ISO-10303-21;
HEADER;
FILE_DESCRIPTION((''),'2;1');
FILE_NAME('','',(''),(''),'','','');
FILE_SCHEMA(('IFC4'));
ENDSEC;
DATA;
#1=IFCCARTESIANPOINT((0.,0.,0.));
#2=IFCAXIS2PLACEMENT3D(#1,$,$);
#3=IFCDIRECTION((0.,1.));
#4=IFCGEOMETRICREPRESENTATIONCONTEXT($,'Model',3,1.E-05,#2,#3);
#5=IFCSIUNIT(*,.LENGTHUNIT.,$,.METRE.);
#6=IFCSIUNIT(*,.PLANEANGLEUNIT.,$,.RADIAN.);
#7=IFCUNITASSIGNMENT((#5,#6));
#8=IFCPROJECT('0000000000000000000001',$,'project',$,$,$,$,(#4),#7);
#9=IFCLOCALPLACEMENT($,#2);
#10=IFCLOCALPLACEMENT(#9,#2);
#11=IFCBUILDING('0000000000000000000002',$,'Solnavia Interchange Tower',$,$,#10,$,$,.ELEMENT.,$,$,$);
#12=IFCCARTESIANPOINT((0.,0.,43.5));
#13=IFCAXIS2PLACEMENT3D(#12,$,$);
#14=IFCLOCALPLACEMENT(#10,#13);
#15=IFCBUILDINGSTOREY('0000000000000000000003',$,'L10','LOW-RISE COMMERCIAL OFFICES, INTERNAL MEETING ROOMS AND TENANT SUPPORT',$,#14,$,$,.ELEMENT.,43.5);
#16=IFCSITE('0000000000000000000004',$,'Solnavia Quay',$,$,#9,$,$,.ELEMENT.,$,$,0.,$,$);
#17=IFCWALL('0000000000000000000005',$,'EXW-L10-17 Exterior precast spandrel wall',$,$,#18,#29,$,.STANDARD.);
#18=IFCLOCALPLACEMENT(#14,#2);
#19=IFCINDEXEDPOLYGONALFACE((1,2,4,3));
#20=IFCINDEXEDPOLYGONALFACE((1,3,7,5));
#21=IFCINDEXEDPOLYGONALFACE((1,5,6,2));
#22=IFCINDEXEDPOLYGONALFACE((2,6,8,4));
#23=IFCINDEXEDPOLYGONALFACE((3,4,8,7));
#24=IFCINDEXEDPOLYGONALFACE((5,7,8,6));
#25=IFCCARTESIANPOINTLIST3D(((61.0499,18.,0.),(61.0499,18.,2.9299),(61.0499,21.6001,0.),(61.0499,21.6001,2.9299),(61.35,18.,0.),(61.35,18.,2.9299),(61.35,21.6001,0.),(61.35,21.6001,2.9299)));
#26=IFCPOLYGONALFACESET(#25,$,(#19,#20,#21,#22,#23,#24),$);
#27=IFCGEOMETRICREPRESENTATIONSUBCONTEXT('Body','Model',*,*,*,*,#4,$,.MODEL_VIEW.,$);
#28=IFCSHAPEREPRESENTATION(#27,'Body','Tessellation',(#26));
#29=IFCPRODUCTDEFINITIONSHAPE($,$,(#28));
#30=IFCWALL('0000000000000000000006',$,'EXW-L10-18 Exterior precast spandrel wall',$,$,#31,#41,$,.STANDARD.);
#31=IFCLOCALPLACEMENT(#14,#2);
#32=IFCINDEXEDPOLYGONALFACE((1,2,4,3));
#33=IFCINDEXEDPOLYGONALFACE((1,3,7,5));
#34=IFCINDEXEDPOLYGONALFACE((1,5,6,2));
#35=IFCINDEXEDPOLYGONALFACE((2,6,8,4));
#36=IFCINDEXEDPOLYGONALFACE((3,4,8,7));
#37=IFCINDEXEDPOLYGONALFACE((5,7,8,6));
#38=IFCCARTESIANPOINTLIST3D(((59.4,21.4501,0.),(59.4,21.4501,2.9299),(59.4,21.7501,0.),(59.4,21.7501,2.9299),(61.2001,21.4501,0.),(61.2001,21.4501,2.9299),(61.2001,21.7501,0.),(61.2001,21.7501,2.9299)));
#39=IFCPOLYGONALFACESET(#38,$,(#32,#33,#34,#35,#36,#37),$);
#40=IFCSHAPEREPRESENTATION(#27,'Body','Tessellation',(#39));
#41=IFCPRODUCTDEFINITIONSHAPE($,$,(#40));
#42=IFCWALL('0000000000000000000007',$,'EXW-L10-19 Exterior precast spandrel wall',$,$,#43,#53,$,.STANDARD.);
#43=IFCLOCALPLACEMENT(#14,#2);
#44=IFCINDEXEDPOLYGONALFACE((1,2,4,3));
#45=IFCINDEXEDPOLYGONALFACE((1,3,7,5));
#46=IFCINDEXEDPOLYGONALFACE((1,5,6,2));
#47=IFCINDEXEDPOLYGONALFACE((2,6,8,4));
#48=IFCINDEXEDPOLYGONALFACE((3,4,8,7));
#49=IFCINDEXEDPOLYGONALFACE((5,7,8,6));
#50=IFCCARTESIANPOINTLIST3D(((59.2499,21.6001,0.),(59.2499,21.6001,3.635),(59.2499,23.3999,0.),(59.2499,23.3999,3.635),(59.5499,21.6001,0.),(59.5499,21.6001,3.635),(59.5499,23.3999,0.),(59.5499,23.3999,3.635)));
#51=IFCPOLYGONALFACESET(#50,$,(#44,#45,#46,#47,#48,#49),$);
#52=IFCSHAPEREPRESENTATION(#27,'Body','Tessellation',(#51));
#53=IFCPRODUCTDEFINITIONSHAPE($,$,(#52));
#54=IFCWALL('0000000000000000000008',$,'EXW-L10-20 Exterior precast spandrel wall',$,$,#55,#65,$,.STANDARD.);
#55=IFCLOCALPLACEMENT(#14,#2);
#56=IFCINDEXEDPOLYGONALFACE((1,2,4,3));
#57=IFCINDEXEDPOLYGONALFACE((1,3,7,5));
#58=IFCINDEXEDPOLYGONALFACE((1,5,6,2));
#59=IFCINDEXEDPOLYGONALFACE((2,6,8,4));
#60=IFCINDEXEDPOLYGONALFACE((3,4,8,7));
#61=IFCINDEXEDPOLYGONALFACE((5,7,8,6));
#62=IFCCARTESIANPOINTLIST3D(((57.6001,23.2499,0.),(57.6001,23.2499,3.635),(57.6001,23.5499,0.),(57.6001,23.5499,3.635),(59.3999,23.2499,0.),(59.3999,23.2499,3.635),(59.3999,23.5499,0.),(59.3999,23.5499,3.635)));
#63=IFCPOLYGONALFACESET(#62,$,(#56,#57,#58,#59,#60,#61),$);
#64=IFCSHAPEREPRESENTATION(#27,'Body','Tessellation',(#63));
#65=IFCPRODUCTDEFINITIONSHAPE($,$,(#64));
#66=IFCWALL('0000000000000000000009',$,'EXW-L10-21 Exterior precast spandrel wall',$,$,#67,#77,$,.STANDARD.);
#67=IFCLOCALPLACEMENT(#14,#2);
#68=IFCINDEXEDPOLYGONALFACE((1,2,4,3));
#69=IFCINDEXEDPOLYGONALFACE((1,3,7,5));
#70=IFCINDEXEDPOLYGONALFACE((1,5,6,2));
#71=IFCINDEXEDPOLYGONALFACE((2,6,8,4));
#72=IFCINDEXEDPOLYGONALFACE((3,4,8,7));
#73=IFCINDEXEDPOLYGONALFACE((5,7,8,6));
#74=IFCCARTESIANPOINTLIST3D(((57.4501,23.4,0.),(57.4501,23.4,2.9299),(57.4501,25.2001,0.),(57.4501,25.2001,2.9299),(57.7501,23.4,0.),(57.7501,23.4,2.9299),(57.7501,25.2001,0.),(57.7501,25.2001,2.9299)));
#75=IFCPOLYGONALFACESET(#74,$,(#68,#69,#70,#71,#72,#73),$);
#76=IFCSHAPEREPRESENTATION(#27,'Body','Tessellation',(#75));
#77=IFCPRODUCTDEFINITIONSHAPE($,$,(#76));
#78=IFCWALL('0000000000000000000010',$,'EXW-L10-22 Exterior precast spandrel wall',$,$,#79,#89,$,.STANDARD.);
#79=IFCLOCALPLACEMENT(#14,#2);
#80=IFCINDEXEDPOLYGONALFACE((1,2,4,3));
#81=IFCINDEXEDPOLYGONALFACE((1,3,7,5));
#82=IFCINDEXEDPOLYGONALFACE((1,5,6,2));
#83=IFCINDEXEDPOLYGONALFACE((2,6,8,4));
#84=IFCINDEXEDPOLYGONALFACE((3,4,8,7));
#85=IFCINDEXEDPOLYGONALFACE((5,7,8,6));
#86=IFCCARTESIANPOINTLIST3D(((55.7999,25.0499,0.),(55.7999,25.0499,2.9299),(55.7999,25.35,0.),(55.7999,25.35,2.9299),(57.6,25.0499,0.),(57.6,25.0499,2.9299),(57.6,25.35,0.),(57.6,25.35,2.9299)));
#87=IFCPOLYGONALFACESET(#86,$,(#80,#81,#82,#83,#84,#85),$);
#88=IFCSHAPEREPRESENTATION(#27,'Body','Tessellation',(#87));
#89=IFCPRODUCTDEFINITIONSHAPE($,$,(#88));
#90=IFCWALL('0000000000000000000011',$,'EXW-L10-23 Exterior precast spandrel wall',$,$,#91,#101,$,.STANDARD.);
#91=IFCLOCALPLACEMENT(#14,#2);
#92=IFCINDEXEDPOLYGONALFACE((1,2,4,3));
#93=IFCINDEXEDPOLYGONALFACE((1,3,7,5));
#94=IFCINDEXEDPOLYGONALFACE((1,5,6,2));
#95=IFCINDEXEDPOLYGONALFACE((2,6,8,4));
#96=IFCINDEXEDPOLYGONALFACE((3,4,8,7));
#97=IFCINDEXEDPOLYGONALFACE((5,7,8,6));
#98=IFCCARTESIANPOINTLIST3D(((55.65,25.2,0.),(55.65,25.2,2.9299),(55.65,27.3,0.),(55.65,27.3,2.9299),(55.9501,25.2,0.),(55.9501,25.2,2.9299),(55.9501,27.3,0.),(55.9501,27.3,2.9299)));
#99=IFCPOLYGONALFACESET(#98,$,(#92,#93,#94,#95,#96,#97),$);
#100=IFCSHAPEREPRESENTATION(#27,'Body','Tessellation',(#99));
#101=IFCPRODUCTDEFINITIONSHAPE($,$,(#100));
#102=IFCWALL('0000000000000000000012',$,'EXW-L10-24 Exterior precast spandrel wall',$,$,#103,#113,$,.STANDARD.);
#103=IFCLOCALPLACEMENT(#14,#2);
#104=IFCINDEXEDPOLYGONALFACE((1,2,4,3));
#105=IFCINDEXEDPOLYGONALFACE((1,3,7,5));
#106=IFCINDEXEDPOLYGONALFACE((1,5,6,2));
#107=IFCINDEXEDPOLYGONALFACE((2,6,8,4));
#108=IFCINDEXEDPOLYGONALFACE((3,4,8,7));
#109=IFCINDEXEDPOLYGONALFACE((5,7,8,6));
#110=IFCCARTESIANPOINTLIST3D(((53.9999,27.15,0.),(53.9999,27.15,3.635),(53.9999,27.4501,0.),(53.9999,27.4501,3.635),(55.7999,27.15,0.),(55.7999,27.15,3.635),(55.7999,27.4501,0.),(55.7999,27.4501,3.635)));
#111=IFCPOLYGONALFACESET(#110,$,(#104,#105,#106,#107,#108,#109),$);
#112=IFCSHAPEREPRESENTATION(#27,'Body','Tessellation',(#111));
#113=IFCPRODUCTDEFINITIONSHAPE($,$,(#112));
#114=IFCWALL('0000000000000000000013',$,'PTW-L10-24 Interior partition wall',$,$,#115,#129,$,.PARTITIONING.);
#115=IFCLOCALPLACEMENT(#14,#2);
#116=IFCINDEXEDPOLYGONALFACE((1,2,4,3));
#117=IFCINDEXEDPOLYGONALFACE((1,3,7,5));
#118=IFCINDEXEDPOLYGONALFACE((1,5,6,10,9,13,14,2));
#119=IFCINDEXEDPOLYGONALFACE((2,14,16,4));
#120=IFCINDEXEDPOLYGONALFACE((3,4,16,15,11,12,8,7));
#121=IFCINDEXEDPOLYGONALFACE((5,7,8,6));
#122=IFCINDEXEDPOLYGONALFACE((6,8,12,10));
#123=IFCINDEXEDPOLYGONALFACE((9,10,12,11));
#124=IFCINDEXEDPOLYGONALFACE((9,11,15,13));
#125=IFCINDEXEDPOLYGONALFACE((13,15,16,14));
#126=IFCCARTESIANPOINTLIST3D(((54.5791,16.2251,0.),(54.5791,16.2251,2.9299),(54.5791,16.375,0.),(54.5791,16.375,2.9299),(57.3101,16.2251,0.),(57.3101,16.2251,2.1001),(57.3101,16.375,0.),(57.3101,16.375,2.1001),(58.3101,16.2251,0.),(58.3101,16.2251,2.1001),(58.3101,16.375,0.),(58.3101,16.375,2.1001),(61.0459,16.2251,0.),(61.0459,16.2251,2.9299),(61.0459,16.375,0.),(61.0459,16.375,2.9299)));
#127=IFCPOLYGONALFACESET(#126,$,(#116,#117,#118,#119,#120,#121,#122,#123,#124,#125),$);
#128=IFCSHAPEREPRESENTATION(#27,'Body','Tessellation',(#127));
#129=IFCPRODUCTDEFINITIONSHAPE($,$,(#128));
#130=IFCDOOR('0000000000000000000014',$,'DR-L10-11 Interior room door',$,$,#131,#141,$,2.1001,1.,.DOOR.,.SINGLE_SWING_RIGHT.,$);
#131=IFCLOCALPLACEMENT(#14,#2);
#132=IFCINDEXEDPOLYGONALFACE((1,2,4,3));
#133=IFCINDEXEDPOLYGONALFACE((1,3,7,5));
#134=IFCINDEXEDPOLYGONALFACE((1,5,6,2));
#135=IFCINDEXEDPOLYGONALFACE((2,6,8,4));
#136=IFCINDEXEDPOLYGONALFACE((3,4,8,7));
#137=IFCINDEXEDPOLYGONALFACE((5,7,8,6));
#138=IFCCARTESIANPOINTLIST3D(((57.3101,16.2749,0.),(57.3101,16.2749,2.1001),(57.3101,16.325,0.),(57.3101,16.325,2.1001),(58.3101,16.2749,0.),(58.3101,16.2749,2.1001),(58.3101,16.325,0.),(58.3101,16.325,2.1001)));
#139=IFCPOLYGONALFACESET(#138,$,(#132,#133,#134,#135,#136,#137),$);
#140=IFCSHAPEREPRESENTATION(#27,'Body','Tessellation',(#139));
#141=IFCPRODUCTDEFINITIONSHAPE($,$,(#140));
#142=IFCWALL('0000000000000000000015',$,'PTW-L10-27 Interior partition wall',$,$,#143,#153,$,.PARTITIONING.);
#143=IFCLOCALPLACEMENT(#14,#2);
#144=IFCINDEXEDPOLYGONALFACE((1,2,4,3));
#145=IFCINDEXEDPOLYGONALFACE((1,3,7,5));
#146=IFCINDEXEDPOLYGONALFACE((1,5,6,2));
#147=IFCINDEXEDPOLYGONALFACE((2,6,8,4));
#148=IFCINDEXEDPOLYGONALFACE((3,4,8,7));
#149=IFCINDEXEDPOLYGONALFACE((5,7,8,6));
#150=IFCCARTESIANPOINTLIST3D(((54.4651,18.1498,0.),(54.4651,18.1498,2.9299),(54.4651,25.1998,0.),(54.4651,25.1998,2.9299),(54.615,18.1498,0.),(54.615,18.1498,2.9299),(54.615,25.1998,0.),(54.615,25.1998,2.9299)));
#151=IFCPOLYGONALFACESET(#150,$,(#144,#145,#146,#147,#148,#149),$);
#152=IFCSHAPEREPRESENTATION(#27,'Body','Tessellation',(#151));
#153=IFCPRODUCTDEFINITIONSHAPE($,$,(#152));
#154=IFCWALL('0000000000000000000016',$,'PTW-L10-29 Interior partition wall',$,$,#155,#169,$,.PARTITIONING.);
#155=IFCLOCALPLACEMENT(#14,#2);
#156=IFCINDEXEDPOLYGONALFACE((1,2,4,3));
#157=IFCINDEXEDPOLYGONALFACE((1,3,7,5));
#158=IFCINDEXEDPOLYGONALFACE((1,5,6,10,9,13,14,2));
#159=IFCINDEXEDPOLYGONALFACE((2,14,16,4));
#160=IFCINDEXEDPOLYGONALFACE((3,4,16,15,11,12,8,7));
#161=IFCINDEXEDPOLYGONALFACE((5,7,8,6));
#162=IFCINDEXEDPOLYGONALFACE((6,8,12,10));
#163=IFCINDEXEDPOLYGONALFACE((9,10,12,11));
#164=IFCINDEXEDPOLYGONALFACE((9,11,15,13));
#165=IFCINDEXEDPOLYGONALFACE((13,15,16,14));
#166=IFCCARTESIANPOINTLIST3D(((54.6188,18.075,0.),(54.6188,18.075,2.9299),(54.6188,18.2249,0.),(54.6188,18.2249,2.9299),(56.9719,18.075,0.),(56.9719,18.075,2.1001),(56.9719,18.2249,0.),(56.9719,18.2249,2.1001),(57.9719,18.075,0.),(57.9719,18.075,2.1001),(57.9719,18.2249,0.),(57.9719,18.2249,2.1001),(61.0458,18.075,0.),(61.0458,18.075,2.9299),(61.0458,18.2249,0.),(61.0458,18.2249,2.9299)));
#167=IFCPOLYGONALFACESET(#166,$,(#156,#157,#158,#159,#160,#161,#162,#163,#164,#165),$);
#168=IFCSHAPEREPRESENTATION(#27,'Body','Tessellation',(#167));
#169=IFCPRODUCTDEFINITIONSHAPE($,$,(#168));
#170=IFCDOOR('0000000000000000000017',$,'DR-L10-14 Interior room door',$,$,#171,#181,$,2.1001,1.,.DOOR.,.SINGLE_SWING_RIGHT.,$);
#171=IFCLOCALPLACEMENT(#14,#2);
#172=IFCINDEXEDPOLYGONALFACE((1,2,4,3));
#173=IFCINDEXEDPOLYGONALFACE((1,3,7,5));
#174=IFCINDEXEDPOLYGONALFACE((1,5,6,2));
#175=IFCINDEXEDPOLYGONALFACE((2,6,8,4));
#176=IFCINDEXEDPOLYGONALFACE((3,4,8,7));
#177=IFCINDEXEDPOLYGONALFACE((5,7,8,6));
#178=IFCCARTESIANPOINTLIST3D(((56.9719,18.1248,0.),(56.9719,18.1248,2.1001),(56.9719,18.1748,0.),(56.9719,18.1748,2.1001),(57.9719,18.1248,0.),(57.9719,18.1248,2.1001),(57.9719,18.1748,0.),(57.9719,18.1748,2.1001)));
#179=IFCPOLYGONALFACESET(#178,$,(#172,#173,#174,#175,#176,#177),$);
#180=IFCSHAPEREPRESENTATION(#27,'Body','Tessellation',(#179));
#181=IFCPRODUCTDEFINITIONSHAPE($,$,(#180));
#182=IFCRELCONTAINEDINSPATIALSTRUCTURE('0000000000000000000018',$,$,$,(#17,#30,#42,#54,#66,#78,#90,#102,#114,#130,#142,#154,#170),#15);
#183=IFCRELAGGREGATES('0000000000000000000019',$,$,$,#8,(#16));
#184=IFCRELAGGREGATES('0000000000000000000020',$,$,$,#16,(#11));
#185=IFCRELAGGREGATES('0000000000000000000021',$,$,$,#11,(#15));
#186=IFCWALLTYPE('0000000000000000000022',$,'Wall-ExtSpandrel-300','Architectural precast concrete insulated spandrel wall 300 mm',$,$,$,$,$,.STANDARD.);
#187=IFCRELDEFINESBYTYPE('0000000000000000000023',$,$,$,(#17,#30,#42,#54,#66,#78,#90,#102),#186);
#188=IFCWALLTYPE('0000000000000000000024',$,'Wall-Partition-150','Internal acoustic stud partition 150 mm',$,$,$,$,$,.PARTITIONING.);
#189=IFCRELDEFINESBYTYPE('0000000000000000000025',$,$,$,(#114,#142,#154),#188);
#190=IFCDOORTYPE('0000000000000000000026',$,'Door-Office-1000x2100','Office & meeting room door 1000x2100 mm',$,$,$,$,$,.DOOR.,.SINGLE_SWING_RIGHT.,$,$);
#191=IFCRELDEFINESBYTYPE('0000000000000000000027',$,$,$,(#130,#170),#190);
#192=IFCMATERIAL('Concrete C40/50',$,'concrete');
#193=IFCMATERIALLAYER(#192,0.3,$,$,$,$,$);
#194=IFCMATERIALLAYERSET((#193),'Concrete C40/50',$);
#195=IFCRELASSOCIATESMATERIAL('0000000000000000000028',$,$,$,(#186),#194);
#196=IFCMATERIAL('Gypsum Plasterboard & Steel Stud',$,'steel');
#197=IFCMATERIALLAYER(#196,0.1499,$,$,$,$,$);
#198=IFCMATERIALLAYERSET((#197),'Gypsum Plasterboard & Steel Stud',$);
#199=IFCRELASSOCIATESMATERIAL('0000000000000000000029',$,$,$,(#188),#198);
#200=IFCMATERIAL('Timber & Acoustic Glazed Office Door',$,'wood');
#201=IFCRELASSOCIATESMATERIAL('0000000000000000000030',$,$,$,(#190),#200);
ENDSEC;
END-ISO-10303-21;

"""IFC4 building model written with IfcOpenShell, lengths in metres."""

from ifc_helpers import new_model, si_unit, direction, frame, frame_2d, origin, place, context, subcontext, project, spatial, rectangle, extrude, material, layer, layer_set, type_object, element, fill, save


model = new_model("IFC4")

# Units and contexts
model_context = context("Model", 3, precision=1e-05, world=origin(), true_north=direction((0.0, 1.0)))
body_context = subcontext(model_context, "Body", "Model", "MODEL_VIEW")
ifc_project = project(units=[si_unit("LENGTHUNIT", "METRE"), si_unit("PLANEANGLEUNIT", "RADIAN")], contexts=[model_context])

# Site, building, storey
site_placement = place(None, origin())
site = spatial("IfcSite", under=ifc_project, at=site_placement, Name="Solnavia Quay", CompositionType="ELEMENT", RefElevation=0.0)
building_placement = place(site_placement, origin())
building = spatial("IfcBuilding", under=site, at=building_placement, Name="Solnavia Interchange Tower", CompositionType="ELEMENT")
storey_placement = place(building_placement, frame((0.0, 0.0, 43.5)))
storey = spatial("IfcBuildingStorey", under=building, at=storey_placement, Name="L10", Description="LOW-RISE COMMERCIAL OFFICES, INTERNAL MEETING ROOMS AND TENANT SUPPORT", CompositionType="ELEMENT", Elevation=43.5)

# Walls
ifc_material_1 = material(Name="Concrete C40/50", Category="concrete")
ifc_layer_1 = layer(ifc_material_1, 0.3)
ifc_layer_set_1 = layer_set([ifc_layer_1], Name="Concrete C40/50")
wall_type_1 = type_object("IfcWallType", Name="Wall-ExtSpandrel-300", Description="Architectural precast concrete insulated spandrel wall 300 mm", PredefinedType="STANDARD", material=ifc_layer_set_1)
for number, where, z_axis, x_axis, name in (
    (1, (61.2, 21.6001, 0.0), (0.0, 0.0, 1.0), (0.0, -1.0, 0.0), "EXW-L10-17 Exterior precast spandrel wall"),
):
    element("IfcWall", number, at=place(storey_placement, frame(where, z_axis=z_axis, x_axis=x_axis)), inside=storey, type_object=wall_type_1, Name=name, PredefinedType="STANDARD", context=body_context, shape_type="SweptSolid", body=[
        extrude(rectangle(XDim=3.6001, YDim=0.3, at=frame_2d((1.8, 0.0))), origin(), (0.0, 0.0, 1.0), 2.9299),
    ])
wall_1_placement = place(storey_placement, frame((61.2, 21.6001, 0.0), z_axis=(0.0, 0.0, 1.0), x_axis=(-1.0, 0.0, 0.0)))
element("IfcWall", 2, at=wall_1_placement, inside=storey, type_object=wall_type_1, Name="EXW-L10-18 Exterior precast spandrel wall", PredefinedType="STANDARD", context=body_context, shape_type="SweptSolid", body=[
    extrude(rectangle(XDim=1.8, YDim=0.3, at=frame_2d((0.8999, 0.0))), origin(), (0.0, 0.0, 1.0), 2.9299),
])
for number, where, z_axis, x_axis, name in (
    (3, (59.3999, 23.3999, 0.0), (0.0, 0.0, 1.0), (0.0, -1.0, 0.0), "EXW-L10-19 Exterior precast spandrel wall"),
    (4, (57.6001, 23.3999, 0.0), (0.0, 0.0, 1.0), (1.0, 0.0, 0.0), "EXW-L10-20 Exterior precast spandrel wall"),
):
    element("IfcWall", number, at=place(storey_placement, frame(where, z_axis=z_axis, x_axis=x_axis)), inside=storey, type_object=wall_type_1, Name=name, PredefinedType="STANDARD", context=body_context, shape_type="SweptSolid", body=[
        extrude(rectangle(XDim=1.7998, YDim=0.3, at=frame_2d((0.8999, 0.0))), origin(), (0.0, 0.0, 1.0), 3.635),
    ])
for number, where, z_axis, x_axis, name in (
    (5, (57.6001, 25.2, 0.0), (0.0, 0.0, 1.0), (0.0, -1.0, 0.0), "EXW-L10-21 Exterior precast spandrel wall"),
    (6, (55.8, 25.2, 0.0), (0.0, 0.0, 1.0), (1.0, 0.0, 0.0), "EXW-L10-22 Exterior precast spandrel wall"),
):
    element("IfcWall", number, at=place(storey_placement, frame(where, z_axis=z_axis, x_axis=x_axis)), inside=storey, type_object=wall_type_1, Name=name, PredefinedType="STANDARD", context=body_context, shape_type="SweptSolid", body=[
        extrude(rectangle(XDim=1.8, YDim=0.3, at=frame_2d((0.8999, 0.0))), origin(), (0.0, 0.0, 1.0), 2.9299),
    ])
wall_2_placement = place(storey_placement, frame((55.8, 27.3, 0.0), z_axis=(0.0, 0.0, 1.0), x_axis=(0.0, -1.0, 0.0)))
element("IfcWall", 7, at=wall_2_placement, inside=storey, type_object=wall_type_1, Name="EXW-L10-23 Exterior precast spandrel wall", PredefinedType="STANDARD", context=body_context, shape_type="SweptSolid", body=[
    extrude(rectangle(XDim=2.1001, YDim=0.3, at=frame_2d((1.05, 0.0))), origin(), (0.0, 0.0, 1.0), 2.9299),
])
wall_3_placement = place(storey_placement, frame((54.0, 27.3, 0.0), z_axis=(0.0, 0.0, 1.0), x_axis=(1.0, 0.0, 0.0)))
element("IfcWall", 8, at=wall_3_placement, inside=storey, type_object=wall_type_1, Name="EXW-L10-24 Exterior precast spandrel wall", PredefinedType="STANDARD", context=body_context, shape_type="SweptSolid", body=[
    extrude(rectangle(XDim=1.8, YDim=0.3, at=frame_2d((0.8999, 0.0))), origin(), (0.0, 0.0, 1.0), 3.635),
])

# Wall, opening, door
ifc_material_2 = material(Name="Gypsum Plasterboard & Steel Stud", Category="steel")
ifc_layer_2 = layer(ifc_material_2, 0.1499)
ifc_layer_set_2 = layer_set([ifc_layer_2], Name="Gypsum Plasterboard & Steel Stud")
wall_type_2 = type_object("IfcWallType", Name="Wall-Partition-150", Description="Internal acoustic stud partition 150 mm", PredefinedType="PARTITIONING", material=ifc_layer_set_2)
wall_4_placement = place(storey_placement, frame((54.5791, 16.3, 0.0), z_axis=(0.0, 0.0, 1.0), x_axis=(1.0, 0.0, 0.0)))
wall_4 = element("IfcWall", 9, at=wall_4_placement, inside=storey, type_object=wall_type_2, Name="PTW-L10-24 Interior partition wall", PredefinedType="PARTITIONING", context=body_context, shape_type="SweptSolid", body=[
    extrude(rectangle(XDim=6.4668, YDim=0.1499, at=frame_2d((3.2334, 0.0))), origin(), (0.0, 0.0, 1.0), 2.9299),
])
opening_1_placement = place(wall_4_placement, frame((2.731, 0.0, 0.0)))
opening_1 = element("IfcOpeningElement", 10, at=opening_1_placement, cuts=wall_4, PredefinedType="OPENING", context=body_context, shape_type="SweptSolid", body=[
    extrude(rectangle(XDim=1.0, YDim=2.1001, at=frame_2d((0.5, 1.05))), frame((0.0, 0.085, 0.0), z_axis=(0.0, -1.0, 0.0), x_axis=(1.0, 0.0, 0.0)), (0.0, 0.0, 1.0), 0.1699),
])
ifc_material_3 = material(Name="Timber & Acoustic Glazed Office Door", Category="wood")
door_type = type_object("IfcDoorType", Name="Door-Office-1000x2100", Description="Office & meeting room door 1000x2100 mm", OperationType="SINGLE_SWING_RIGHT", PredefinedType="DOOR", material=ifc_material_3)
door_1_placement = place(opening_1_placement, origin())
door_1 = element("IfcDoor", 11, at=door_1_placement, inside=storey, type_object=door_type, Name="DR-L10-11 Interior room door", OperationType="SINGLE_SWING_RIGHT", OverallHeight=2.1001, OverallWidth=1.0, PredefinedType="DOOR", context=body_context, shape_type="SweptSolid", body=[
    extrude(rectangle(XDim=1.0, YDim=2.1001, at=frame_2d((0.5, 1.05))), frame((0.0, 0.0249, 0.0), z_axis=(0.0, -1.0, 0.0), x_axis=(1.0, 0.0, 0.0)), (0.0, 0.0, 1.0), 0.05),
])
fill(opening_1, door_1)

# Wall
wall_5_placement = place(storey_placement, frame((54.54, 18.1499, 0.0), z_axis=(0.0, 0.0, 1.0), x_axis=(0.0, 1.0, 0.0)))
element("IfcWall", 12, at=wall_5_placement, inside=storey, type_object=wall_type_2, Name="PTW-L10-27 Interior partition wall", PredefinedType="PARTITIONING", context=body_context, shape_type="SweptSolid", body=[
    extrude(rectangle(XDim=7.05, YDim=0.1499, at=frame_2d((3.5249, 0.0))), origin(), (0.0, 0.0, 1.0), 2.9299),
])

# Wall, opening, door
wall_6_placement = place(storey_placement, frame((54.6189, 18.1499, 0.0), z_axis=(0.0, 0.0, 1.0), x_axis=(1.0, 0.0, 0.0)))
wall_6 = element("IfcWall", 13, at=wall_6_placement, inside=storey, type_object=wall_type_2, Name="PTW-L10-29 Interior partition wall", PredefinedType="PARTITIONING", context=body_context, shape_type="SweptSolid", body=[
    extrude(rectangle(XDim=6.427, YDim=0.1499, at=frame_2d((3.2134, 0.0))), origin(), (0.0, 0.0, 1.0), 2.9299),
])
opening_2_placement = place(wall_6_placement, frame((2.353, 0.0, 0.0)))
opening_2 = element("IfcOpeningElement", 14, at=opening_2_placement, cuts=wall_6, PredefinedType="OPENING", context=body_context, shape_type="SweptSolid", body=[
    extrude(rectangle(XDim=1.0, YDim=2.1001, at=frame_2d((0.5, 1.05))), frame((0.0, 0.085, 0.0), z_axis=(0.0, -1.0, 0.0), x_axis=(1.0, 0.0, 0.0)), (0.0, 0.0, 1.0), 0.1699),
])
door_2_placement = place(opening_2_placement, origin())
door_2 = element("IfcDoor", 15, at=door_2_placement, inside=storey, type_object=door_type, Name="DR-L10-14 Interior room door", OperationType="SINGLE_SWING_RIGHT", OverallHeight=2.1001, OverallWidth=1.0, PredefinedType="DOOR", context=body_context, shape_type="SweptSolid", body=[
    extrude(rectangle(XDim=1.0, YDim=2.1001, at=frame_2d((0.5, 1.05))), frame((0.0, 0.0249, 0.0), z_axis=(0.0, -1.0, 0.0), x_axis=(1.0, 0.0, 0.0)), (0.0, 0.0, 1.0), 0.05),
])
fill(opening_2, door_2)

save(model, "model.ifc")
